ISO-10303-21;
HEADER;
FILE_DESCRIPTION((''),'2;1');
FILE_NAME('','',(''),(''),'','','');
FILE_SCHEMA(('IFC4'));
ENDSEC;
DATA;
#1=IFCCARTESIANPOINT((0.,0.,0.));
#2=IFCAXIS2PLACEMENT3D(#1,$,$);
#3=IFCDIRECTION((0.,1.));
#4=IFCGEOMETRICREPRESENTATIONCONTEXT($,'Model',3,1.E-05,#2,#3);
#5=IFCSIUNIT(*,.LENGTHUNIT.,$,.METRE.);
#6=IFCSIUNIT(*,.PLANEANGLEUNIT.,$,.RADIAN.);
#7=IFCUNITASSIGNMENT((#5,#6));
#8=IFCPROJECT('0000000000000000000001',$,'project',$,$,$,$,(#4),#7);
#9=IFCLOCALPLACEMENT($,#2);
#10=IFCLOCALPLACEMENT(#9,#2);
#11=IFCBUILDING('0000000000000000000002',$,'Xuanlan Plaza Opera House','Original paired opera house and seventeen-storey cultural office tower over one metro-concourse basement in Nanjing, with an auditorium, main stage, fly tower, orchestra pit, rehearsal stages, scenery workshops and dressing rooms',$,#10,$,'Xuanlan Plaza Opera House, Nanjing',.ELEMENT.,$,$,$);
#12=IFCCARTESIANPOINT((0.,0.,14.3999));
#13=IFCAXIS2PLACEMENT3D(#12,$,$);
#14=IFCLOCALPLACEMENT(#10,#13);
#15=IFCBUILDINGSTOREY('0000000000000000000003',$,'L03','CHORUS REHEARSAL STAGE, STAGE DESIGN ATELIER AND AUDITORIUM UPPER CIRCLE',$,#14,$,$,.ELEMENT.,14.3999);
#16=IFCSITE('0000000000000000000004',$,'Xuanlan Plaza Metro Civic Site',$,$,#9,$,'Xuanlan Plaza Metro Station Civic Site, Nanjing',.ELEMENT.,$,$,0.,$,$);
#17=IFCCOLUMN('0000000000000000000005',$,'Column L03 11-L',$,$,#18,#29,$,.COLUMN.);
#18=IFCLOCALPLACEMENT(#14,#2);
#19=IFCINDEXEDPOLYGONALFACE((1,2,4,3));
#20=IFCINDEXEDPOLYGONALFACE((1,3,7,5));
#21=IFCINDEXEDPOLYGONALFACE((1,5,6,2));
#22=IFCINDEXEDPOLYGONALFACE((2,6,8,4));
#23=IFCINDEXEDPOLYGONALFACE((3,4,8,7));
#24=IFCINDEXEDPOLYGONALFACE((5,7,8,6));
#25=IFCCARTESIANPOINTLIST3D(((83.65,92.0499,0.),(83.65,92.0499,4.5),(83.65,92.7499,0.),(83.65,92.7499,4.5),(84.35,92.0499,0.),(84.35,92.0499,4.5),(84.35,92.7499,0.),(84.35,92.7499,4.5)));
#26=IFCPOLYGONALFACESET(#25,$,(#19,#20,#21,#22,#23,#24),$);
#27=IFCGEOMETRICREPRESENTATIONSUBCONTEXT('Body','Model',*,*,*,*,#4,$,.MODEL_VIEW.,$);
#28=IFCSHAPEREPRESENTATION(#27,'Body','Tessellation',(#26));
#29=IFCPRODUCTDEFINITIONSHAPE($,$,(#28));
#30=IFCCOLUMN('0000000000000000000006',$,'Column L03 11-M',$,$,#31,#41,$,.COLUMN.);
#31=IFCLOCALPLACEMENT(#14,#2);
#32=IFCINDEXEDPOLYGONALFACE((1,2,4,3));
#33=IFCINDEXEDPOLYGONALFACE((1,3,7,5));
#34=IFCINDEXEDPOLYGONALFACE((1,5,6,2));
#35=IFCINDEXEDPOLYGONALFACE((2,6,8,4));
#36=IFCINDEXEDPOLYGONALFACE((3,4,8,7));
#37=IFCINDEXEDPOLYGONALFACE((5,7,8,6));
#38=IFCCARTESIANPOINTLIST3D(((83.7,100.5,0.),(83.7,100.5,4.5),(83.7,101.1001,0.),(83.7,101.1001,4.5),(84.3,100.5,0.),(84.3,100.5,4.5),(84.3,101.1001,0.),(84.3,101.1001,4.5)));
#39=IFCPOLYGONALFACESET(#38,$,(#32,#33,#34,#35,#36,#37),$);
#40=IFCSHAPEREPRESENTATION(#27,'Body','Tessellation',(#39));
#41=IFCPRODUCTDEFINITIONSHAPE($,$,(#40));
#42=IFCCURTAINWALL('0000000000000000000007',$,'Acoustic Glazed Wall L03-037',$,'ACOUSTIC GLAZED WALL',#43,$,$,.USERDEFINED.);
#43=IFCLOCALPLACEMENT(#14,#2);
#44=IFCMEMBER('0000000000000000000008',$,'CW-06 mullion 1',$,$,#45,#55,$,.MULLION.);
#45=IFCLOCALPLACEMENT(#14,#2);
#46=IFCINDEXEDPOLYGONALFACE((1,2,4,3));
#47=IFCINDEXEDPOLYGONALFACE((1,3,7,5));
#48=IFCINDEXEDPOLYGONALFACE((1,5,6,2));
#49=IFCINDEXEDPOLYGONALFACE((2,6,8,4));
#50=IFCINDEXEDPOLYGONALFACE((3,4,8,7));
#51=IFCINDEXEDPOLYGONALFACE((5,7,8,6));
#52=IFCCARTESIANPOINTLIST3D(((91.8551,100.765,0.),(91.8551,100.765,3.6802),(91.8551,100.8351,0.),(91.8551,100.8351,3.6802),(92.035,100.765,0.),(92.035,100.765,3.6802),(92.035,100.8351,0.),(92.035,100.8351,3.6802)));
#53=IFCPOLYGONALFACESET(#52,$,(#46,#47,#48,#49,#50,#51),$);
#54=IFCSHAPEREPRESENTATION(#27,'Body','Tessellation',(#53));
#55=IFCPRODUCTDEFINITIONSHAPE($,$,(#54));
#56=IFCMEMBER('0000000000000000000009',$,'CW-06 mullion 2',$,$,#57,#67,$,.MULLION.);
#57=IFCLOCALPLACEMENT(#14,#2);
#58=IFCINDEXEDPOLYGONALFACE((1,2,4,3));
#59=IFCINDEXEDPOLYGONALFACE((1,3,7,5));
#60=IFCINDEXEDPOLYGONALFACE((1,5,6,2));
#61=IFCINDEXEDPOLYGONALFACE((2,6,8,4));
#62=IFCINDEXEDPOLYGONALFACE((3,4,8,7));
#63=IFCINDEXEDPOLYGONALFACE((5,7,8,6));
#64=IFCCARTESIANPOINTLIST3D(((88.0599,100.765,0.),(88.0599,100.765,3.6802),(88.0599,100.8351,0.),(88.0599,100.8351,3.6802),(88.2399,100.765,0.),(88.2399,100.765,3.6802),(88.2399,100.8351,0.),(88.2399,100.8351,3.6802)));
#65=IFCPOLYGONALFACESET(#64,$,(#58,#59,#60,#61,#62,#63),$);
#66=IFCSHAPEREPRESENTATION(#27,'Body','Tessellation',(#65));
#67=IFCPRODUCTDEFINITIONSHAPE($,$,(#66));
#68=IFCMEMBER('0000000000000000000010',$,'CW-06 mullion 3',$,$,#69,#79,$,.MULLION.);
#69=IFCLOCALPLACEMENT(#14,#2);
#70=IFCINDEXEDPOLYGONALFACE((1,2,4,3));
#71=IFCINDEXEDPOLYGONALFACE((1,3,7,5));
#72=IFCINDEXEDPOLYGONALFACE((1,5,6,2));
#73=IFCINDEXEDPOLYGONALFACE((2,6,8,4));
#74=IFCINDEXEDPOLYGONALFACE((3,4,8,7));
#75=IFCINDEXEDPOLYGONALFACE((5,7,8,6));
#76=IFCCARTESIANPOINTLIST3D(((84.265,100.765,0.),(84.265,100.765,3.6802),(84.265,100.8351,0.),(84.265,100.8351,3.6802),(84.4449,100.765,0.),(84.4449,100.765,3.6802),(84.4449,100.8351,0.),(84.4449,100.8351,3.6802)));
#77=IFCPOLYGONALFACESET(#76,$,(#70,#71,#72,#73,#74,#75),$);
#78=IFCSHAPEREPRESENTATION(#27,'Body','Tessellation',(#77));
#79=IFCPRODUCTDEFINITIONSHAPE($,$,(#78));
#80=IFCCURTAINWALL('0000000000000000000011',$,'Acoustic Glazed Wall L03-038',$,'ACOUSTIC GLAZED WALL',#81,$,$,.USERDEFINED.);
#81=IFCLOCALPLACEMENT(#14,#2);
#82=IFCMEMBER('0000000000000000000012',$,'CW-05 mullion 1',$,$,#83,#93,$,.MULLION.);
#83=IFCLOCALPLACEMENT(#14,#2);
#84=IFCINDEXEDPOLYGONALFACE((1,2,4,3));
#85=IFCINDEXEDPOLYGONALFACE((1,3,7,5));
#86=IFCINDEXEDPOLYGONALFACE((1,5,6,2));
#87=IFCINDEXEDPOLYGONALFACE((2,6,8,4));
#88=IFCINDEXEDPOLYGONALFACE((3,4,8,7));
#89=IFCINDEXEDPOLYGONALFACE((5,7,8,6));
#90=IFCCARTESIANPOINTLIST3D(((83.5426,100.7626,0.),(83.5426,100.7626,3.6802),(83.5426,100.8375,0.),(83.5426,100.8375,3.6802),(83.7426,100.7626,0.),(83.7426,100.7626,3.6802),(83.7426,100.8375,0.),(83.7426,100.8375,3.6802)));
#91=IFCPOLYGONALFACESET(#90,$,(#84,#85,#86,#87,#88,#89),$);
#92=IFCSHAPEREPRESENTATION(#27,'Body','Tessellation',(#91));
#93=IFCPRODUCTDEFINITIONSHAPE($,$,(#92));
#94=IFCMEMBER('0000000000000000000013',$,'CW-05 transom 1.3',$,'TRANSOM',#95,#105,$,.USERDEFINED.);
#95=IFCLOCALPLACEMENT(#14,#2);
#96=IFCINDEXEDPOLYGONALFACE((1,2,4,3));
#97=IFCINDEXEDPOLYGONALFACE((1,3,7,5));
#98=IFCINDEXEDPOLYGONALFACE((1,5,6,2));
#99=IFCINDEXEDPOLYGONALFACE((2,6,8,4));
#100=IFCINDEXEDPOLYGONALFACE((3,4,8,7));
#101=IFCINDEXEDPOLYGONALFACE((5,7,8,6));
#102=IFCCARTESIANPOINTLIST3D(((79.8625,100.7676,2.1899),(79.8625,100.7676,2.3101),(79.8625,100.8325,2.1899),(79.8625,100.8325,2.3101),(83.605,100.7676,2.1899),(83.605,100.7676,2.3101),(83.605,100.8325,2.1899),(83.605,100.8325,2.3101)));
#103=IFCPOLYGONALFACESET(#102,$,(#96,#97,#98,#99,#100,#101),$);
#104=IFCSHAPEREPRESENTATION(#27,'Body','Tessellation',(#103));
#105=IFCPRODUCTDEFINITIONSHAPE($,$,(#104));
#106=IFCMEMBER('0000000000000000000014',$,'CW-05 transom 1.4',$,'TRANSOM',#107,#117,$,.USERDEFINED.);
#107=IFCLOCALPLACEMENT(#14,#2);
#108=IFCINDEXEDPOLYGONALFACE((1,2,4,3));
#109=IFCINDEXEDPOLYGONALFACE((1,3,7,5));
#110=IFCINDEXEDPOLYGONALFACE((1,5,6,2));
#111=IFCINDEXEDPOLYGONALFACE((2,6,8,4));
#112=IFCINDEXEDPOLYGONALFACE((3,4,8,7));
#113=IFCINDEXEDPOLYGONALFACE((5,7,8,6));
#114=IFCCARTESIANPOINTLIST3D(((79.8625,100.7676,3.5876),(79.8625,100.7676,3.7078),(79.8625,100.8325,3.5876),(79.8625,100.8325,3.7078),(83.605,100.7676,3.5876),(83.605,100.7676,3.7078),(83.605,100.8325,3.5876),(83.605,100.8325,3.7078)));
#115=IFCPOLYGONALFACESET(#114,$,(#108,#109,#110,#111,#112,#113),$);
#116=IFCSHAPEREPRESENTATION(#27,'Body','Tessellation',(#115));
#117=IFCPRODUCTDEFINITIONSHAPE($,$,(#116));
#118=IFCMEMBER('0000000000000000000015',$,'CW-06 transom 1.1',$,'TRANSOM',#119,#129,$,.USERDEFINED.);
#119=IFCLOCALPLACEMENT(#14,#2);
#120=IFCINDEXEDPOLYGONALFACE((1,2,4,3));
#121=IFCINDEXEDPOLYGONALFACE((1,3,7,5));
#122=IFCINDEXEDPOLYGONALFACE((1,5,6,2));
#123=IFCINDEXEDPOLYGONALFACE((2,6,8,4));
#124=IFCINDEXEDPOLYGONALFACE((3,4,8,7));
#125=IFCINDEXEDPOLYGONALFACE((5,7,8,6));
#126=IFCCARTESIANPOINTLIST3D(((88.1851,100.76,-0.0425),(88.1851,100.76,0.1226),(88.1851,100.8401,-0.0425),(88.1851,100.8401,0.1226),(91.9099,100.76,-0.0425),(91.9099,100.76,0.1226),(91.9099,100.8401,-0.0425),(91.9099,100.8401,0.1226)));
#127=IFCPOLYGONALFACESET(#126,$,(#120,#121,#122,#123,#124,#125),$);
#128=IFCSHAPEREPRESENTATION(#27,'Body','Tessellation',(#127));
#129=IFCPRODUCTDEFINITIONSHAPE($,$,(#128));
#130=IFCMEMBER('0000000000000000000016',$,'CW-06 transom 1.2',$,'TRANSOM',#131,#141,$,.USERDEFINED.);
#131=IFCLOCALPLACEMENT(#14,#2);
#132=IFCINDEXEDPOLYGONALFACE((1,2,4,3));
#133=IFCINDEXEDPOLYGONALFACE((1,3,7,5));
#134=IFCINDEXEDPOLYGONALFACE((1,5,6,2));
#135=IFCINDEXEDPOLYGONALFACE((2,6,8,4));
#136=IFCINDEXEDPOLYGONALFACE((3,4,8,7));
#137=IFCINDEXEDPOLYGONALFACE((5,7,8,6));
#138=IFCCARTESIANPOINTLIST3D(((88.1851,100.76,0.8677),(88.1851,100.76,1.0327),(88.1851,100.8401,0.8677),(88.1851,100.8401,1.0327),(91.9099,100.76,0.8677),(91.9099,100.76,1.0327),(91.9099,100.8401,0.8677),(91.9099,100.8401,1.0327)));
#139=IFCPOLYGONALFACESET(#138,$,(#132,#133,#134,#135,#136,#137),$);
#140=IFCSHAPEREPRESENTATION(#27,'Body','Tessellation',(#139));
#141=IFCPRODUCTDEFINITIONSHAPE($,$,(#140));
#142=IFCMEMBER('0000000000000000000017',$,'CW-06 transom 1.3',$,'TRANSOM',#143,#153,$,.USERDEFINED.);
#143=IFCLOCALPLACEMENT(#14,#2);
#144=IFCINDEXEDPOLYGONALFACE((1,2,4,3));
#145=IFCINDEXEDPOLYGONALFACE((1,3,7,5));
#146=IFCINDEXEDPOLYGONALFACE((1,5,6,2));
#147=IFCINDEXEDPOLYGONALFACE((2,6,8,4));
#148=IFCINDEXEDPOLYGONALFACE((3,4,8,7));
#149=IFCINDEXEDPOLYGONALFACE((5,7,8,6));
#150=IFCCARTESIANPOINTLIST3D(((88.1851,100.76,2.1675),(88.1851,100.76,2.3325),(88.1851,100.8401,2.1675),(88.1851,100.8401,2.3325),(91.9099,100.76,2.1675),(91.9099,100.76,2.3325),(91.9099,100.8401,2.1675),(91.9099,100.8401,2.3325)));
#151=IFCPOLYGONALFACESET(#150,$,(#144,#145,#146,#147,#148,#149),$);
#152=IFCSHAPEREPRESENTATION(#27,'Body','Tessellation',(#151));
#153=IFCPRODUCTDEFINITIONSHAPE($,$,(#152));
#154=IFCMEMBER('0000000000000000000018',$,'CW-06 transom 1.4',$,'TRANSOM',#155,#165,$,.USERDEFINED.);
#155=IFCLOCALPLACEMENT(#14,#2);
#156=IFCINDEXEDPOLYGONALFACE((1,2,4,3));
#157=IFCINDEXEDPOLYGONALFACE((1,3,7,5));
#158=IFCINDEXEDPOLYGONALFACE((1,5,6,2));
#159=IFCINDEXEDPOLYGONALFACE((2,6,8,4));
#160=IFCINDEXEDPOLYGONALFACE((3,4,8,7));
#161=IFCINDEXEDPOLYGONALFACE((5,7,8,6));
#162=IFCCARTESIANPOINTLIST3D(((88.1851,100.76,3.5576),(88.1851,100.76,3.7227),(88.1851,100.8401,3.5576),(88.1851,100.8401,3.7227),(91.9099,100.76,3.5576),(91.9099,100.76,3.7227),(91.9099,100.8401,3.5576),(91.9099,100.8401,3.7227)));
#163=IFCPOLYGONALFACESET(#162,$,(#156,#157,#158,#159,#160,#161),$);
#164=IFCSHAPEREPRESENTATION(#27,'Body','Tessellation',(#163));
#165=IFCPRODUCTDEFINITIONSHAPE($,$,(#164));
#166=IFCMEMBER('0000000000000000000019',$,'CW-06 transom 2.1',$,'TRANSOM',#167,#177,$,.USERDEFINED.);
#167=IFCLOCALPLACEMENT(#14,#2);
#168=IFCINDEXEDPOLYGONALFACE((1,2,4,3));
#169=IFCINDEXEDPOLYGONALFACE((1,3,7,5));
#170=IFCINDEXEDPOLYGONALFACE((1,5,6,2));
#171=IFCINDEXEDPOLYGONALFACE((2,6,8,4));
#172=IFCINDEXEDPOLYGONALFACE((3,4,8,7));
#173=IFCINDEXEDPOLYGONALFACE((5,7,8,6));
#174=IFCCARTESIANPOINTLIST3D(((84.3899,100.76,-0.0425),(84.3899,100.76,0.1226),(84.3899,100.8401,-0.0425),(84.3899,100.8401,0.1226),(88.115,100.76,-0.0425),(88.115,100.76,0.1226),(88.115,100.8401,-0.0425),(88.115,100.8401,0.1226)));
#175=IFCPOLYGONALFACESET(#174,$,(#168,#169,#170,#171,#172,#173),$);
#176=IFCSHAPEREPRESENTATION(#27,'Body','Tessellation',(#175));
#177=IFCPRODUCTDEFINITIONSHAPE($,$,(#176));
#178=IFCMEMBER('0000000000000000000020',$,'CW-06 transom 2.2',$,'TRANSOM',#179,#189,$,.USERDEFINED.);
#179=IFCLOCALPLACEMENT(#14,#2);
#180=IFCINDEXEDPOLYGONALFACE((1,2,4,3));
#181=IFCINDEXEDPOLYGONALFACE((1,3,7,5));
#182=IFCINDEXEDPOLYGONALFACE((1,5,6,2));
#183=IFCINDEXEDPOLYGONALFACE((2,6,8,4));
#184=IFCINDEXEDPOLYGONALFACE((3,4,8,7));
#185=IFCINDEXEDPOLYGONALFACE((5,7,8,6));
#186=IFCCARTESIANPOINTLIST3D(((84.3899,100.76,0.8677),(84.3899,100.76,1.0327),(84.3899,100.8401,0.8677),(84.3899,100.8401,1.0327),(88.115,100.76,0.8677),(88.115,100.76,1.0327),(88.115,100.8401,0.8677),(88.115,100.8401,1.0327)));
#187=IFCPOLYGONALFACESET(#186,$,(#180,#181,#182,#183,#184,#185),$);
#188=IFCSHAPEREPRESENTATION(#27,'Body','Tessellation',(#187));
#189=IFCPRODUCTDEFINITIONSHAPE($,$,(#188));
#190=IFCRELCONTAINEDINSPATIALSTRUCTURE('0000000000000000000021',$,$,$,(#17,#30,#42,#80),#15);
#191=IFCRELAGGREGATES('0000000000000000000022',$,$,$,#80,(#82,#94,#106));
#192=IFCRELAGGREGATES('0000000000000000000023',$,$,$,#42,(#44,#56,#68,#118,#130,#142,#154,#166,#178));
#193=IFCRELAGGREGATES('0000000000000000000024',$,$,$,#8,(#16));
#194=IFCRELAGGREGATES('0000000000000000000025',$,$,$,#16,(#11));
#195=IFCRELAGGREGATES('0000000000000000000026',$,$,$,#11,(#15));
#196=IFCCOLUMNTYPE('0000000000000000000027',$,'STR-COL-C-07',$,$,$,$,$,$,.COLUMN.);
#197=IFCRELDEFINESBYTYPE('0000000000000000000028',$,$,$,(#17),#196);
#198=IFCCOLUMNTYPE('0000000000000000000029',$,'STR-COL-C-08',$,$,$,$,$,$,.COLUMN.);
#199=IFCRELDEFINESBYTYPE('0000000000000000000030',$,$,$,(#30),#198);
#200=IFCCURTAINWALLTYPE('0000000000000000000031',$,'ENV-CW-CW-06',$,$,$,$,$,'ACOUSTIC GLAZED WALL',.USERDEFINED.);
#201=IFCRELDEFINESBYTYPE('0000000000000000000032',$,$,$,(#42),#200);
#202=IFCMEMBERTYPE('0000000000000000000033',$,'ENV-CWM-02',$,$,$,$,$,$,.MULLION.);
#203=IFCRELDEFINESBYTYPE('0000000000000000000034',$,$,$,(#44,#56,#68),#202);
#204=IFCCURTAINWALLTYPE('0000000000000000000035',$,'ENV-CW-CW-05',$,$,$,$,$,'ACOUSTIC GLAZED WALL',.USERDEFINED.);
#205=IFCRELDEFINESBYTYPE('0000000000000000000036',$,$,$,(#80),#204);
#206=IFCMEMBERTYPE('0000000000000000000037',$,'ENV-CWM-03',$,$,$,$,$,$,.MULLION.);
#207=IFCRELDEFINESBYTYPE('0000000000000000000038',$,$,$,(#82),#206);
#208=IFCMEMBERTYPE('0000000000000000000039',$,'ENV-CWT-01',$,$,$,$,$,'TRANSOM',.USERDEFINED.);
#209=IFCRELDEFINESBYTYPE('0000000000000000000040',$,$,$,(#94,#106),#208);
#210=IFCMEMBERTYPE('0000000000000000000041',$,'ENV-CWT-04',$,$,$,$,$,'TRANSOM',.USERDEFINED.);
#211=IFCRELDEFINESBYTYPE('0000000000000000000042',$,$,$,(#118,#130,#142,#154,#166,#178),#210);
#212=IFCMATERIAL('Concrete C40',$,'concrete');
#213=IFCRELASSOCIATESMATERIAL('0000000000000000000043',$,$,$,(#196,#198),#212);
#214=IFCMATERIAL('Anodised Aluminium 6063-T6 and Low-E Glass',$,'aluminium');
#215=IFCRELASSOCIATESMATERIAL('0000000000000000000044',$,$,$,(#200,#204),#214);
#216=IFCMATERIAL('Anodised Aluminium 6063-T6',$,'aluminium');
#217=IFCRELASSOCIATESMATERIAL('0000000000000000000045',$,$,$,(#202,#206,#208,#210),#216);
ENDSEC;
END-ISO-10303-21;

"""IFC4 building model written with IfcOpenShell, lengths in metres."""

from ifc_helpers import new_model, si_unit, direction, frame, origin, origin_2d, place, context, subcontext, project, spatial, rectangle, extrude, material, material_profile, profile_set, type_object, element, aggregate, save


model = new_model("IFC4")

# Units and contexts
model_context = context("Model", 3, precision=1e-05, world=origin(), true_north=direction((0.0, 1.0)))
body_context = subcontext(model_context, "Body", "Model", "MODEL_VIEW")
ifc_project = project(units=[si_unit("LENGTHUNIT", "METRE"), si_unit("PLANEANGLEUNIT", "RADIAN")], contexts=[model_context])

# Site, building, storey
site_placement = place(None, origin())
site = spatial("IfcSite", under=ifc_project, at=site_placement, Name="Xuanlan Plaza Metro Civic Site", LongName="Xuanlan Plaza Metro Station Civic Site, Nanjing", CompositionType="ELEMENT", RefElevation=0.0)
building_placement = place(site_placement, origin())
building = spatial("IfcBuilding", under=site, at=building_placement, Name="Xuanlan Plaza Opera House", Description="Original paired opera house and seventeen-storey cultural office tower over one metro-concourse basement in Nanjing, with an auditorium, main stage, fly tower, orchestra pit, rehearsal stages, scenery workshops and dressing rooms", LongName="Xuanlan Plaza Opera House, Nanjing", CompositionType="ELEMENT")
storey_placement = place(building_placement, frame((0.0, 0.0, 14.3999)))
storey = spatial("IfcBuildingStorey", under=building, at=storey_placement, Name="L03", Description="CHORUS REHEARSAL STAGE, STAGE DESIGN ATELIER AND AUDITORIUM UPPER CIRCLE", CompositionType="ELEMENT", Elevation=14.3999)

# Columns
ifc_material_1 = material(Name="Concrete C40", Category="concrete")
ifc_material_profile_1 = material_profile(ifc_material_1, rectangle(XDim=0.7, YDim=0.7, at=origin_2d()), Name="RC-COL 700x700")
ifc_profile_set_1 = profile_set([ifc_material_profile_1], Name="Concrete C40")
column_type_1 = type_object("IfcColumnType", Name="STR-COL-C-07", PredefinedType="COLUMN", material=ifc_profile_set_1)
column_1_placement = place(storey_placement, frame((84.0, 92.3999, 0.0), z_axis=(0.0, 0.0, 1.0), x_axis=(1.0, 0.0, 0.0)))
element("IfcColumn", 1, at=column_1_placement, inside=storey, type_object=column_type_1, Name="Column L03 11-L", PredefinedType="COLUMN", context=body_context, shape_type="SweptSolid", body=[
    extrude(rectangle(XDim=0.7, YDim=0.7, at=origin_2d()), origin(), (0.0, 0.0, 1.0), 4.5),
])
ifc_material_profile_2 = material_profile(ifc_material_1, rectangle(XDim=0.6001, YDim=0.6001, at=origin_2d()), Name="RC-COL 600x600")
ifc_profile_set_2 = profile_set([ifc_material_profile_2], Name="Concrete C40")
column_type_2 = type_object("IfcColumnType", Name="STR-COL-C-08", PredefinedType="COLUMN", material=ifc_profile_set_2)
column_2_placement = place(storey_placement, frame((84.0, 100.8, 0.0), z_axis=(0.0, 0.0, 1.0), x_axis=(1.0, 0.0, 0.0)))
element("IfcColumn", 2, at=column_2_placement, inside=storey, type_object=column_type_2, Name="Column L03 11-M", PredefinedType="COLUMN", context=body_context, shape_type="SweptSolid", body=[
    extrude(rectangle(XDim=0.6001, YDim=0.6001, at=origin_2d()), origin(), (0.0, 0.0, 1.0), 4.5),
])

# Curtain walls, members
ifc_material_2 = material(Name="Anodised Aluminium 6063-T6 and Low-E Glass", Category="aluminium")
curtain_wall_type_1 = type_object("IfcCurtainWallType", Name="ENV-CW-CW-06", ElementType="ACOUSTIC GLAZED WALL", PredefinedType="USERDEFINED", material=ifc_material_2)
curtain_wall_1_placement = place(storey_placement, origin())
curtain_wall_1 = element("IfcCurtainWall", 3, at=curtain_wall_1_placement, inside=storey, type_object=curtain_wall_type_1, Name="Acoustic Glazed Wall L03-037", ObjectType="ACOUSTIC GLAZED WALL", PredefinedType="USERDEFINED")
ifc_material_3 = material(Name="Anodised Aluminium 6063-T6", Category="aluminium")
ifc_material_profile_3 = material_profile(ifc_material_3, rectangle(XDim=0.0701, YDim=0.1799, at=origin_2d()), Name="ALU-M 70x180")
ifc_profile_set_3 = profile_set([ifc_material_profile_3], Name="Anodised Aluminium 6063-T6")
member_type_1 = type_object("IfcMemberType", Name="ENV-CWM-02", PredefinedType="MULLION", material=ifc_profile_set_3)
member_1_placement = place(storey_placement, frame((91.9451, 100.8, 0.0), z_axis=(0.0, 0.0, 1.0), x_axis=(0.0, -1.0, 0.0)))
member_1 = element("IfcMember", 4, at=member_1_placement, type_object=member_type_1, Name="CW-06 mullion 1", PredefinedType="MULLION", context=body_context, shape_type="SweptSolid", body=[
    extrude(rectangle(XDim=0.0701, YDim=0.1799, at=origin_2d()), origin(), (0.0, 0.0, 1.0), 3.6802),
])
member_2_placement = place(storey_placement, frame((88.1499, 100.8, 0.0), z_axis=(0.0, 0.0, 1.0), x_axis=(0.0, -1.0, 0.0)))
member_2 = element("IfcMember", 5, at=member_2_placement, type_object=member_type_1, Name="CW-06 mullion 2", PredefinedType="MULLION", context=body_context, shape_type="SweptSolid", body=[
    extrude(rectangle(XDim=0.0701, YDim=0.1799, at=origin_2d()), origin(), (0.0, 0.0, 1.0), 3.6802),
])
member_3_placement = place(storey_placement, frame((84.355, 100.8, 0.0), z_axis=(0.0, 0.0, 1.0), x_axis=(0.0, -1.0, 0.0)))
member_3 = element("IfcMember", 6, at=member_3_placement, type_object=member_type_1, Name="CW-06 mullion 3", PredefinedType="MULLION", context=body_context, shape_type="SweptSolid", body=[
    extrude(rectangle(XDim=0.0701, YDim=0.1799, at=origin_2d()), origin(), (0.0, 0.0, 1.0), 3.6802),
])
curtain_wall_type_2 = type_object("IfcCurtainWallType", Name="ENV-CW-CW-05", ElementType="ACOUSTIC GLAZED WALL", PredefinedType="USERDEFINED", material=ifc_material_2)
curtain_wall_2_placement = place(storey_placement, origin())
curtain_wall_2 = element("IfcCurtainWall", 7, at=curtain_wall_2_placement, inside=storey, type_object=curtain_wall_type_2, Name="Acoustic Glazed Wall L03-038", ObjectType="ACOUSTIC GLAZED WALL", PredefinedType="USERDEFINED")
ifc_material_profile_4 = material_profile(ifc_material_3, rectangle(XDim=0.075, YDim=0.2, at=origin_2d()), Name="ALU-M 75x200")
ifc_profile_set_4 = profile_set([ifc_material_profile_4], Name="Anodised Aluminium 6063-T6")
member_type_2 = type_object("IfcMemberType", Name="ENV-CWM-03", PredefinedType="MULLION", material=ifc_profile_set_4)
member_4_placement = place(storey_placement, frame((83.6426, 100.8, 0.0), z_axis=(0.0, 0.0, 1.0), x_axis=(0.0, -1.0, 0.0)))
member_4 = element("IfcMember", 8, at=member_4_placement, type_object=member_type_2, Name="CW-05 mullion 1", PredefinedType="MULLION", context=body_context, shape_type="SweptSolid", body=[
    extrude(rectangle(XDim=0.075, YDim=0.2, at=origin_2d()), origin(), (0.0, 0.0, 1.0), 3.6802),
])
ifc_material_profile_5 = material_profile(ifc_material_3, rectangle(XDim=0.0649, YDim=0.1201, at=origin_2d()), Name="ALU-T 65x120")
ifc_profile_set_5 = profile_set([ifc_material_profile_5], Name="Anodised Aluminium 6063-T6")
member_type_3 = type_object("IfcMemberType", Name="ENV-CWT-01", ElementType="TRANSOM", PredefinedType="USERDEFINED", material=ifc_profile_set_5)
member_5_placement = place(storey_placement, frame((83.605, 100.8, 2.25), z_axis=(-1.0, 0.0, 0.0), x_axis=(0.0, -1.0, 0.0)))
member_5 = element("IfcMember", 9, at=member_5_placement, type_object=member_type_3, Name="CW-05 transom 1.3", ObjectType="TRANSOM", PredefinedType="USERDEFINED", context=body_context, shape_type="SweptSolid", body=[
    extrude(rectangle(XDim=0.0649, YDim=0.1201, at=origin_2d()), origin(), (0.0, 0.0, 1.0), 3.7424),
])
member_6_placement = place(storey_placement, frame((83.605, 100.8, 3.6477), z_axis=(-1.0, 0.0, 0.0), x_axis=(0.0, -1.0, 0.0)))
member_6 = element("IfcMember", 10, at=member_6_placement, type_object=member_type_3, Name="CW-05 transom 1.4", ObjectType="TRANSOM", PredefinedType="USERDEFINED", context=body_context, shape_type="SweptSolid", body=[
    extrude(rectangle(XDim=0.0649, YDim=0.1201, at=origin_2d()), origin(), (0.0, 0.0, 1.0), 3.7424),
])
aggregate(curtain_wall_2, [member_4, member_5, member_6])

# Members
ifc_material_profile_6 = material_profile(ifc_material_3, rectangle(XDim=0.0801, YDim=0.165, at=origin_2d()), Name="ALU-T 80x165")
ifc_profile_set_6 = profile_set([ifc_material_profile_6], Name="Anodised Aluminium 6063-T6")
member_type_4 = type_object("IfcMemberType", Name="ENV-CWT-04", ElementType="TRANSOM", PredefinedType="USERDEFINED", material=ifc_profile_set_6)
member_7_placement = place(storey_placement, frame((91.9099, 100.8, 0.04), z_axis=(-1.0, 0.0, 0.0), x_axis=(0.0, -1.0, 0.0)))
member_7 = element("IfcMember", 11, at=member_7_placement, type_object=member_type_4, Name="CW-06 transom 1.1", ObjectType="TRANSOM", PredefinedType="USERDEFINED", context=body_context, shape_type="SweptSolid", body=[
    extrude(rectangle(XDim=0.0801, YDim=0.165, at=origin_2d()), origin(), (0.0, 0.0, 1.0), 3.7249),
])
member_8_placement = place(storey_placement, frame((91.9099, 100.8, 0.9502), z_axis=(-1.0, 0.0, 0.0), x_axis=(0.0, -1.0, 0.0)))
member_8 = element("IfcMember", 12, at=member_8_placement, type_object=member_type_4, Name="CW-06 transom 1.2", ObjectType="TRANSOM", PredefinedType="USERDEFINED", context=body_context, shape_type="SweptSolid", body=[
    extrude(rectangle(XDim=0.0801, YDim=0.165, at=origin_2d()), origin(), (0.0, 0.0, 1.0), 3.7249),
])
member_9_placement = place(storey_placement, frame((91.9099, 100.8, 2.25), z_axis=(-1.0, 0.0, 0.0), x_axis=(0.0, -1.0, 0.0)))
member_9 = element("IfcMember", 13, at=member_9_placement, type_object=member_type_4, Name="CW-06 transom 1.3", ObjectType="TRANSOM", PredefinedType="USERDEFINED", context=body_context, shape_type="SweptSolid", body=[
    extrude(rectangle(XDim=0.0801, YDim=0.165, at=origin_2d()), origin(), (0.0, 0.0, 1.0), 3.7249),
])
member_10_placement = place(storey_placement, frame((91.9099, 100.8, 3.6401), z_axis=(-1.0, 0.0, 0.0), x_axis=(0.0, -1.0, 0.0)))
member_10 = element("IfcMember", 14, at=member_10_placement, type_object=member_type_4, Name="CW-06 transom 1.4", ObjectType="TRANSOM", PredefinedType="USERDEFINED", context=body_context, shape_type="SweptSolid", body=[
    extrude(rectangle(XDim=0.0801, YDim=0.165, at=origin_2d()), origin(), (0.0, 0.0, 1.0), 3.7249),
])
member_11_placement = place(storey_placement, frame((88.115, 100.8, 0.04), z_axis=(-1.0, 0.0, 0.0), x_axis=(0.0, -1.0, 0.0)))
member_11 = element("IfcMember", 15, at=member_11_placement, type_object=member_type_4, Name="CW-06 transom 2.1", ObjectType="TRANSOM", PredefinedType="USERDEFINED", context=body_context, shape_type="SweptSolid", body=[
    extrude(rectangle(XDim=0.0801, YDim=0.165, at=origin_2d()), origin(), (0.0, 0.0, 1.0), 3.7251),
])
member_12_placement = place(storey_placement, frame((88.115, 100.8, 0.9502), z_axis=(-1.0, 0.0, 0.0), x_axis=(0.0, -1.0, 0.0)))
member_12 = element("IfcMember", 16, at=member_12_placement, type_object=member_type_4, Name="CW-06 transom 2.2", ObjectType="TRANSOM", PredefinedType="USERDEFINED", context=body_context, shape_type="SweptSolid", body=[
    extrude(rectangle(XDim=0.0801, YDim=0.165, at=origin_2d()), origin(), (0.0, 0.0, 1.0), 3.7251),
])

aggregate(curtain_wall_1, [member_1, member_2, member_3, member_7, member_8, member_9, member_10, member_11, member_12])

save(model, "model.ifc")
